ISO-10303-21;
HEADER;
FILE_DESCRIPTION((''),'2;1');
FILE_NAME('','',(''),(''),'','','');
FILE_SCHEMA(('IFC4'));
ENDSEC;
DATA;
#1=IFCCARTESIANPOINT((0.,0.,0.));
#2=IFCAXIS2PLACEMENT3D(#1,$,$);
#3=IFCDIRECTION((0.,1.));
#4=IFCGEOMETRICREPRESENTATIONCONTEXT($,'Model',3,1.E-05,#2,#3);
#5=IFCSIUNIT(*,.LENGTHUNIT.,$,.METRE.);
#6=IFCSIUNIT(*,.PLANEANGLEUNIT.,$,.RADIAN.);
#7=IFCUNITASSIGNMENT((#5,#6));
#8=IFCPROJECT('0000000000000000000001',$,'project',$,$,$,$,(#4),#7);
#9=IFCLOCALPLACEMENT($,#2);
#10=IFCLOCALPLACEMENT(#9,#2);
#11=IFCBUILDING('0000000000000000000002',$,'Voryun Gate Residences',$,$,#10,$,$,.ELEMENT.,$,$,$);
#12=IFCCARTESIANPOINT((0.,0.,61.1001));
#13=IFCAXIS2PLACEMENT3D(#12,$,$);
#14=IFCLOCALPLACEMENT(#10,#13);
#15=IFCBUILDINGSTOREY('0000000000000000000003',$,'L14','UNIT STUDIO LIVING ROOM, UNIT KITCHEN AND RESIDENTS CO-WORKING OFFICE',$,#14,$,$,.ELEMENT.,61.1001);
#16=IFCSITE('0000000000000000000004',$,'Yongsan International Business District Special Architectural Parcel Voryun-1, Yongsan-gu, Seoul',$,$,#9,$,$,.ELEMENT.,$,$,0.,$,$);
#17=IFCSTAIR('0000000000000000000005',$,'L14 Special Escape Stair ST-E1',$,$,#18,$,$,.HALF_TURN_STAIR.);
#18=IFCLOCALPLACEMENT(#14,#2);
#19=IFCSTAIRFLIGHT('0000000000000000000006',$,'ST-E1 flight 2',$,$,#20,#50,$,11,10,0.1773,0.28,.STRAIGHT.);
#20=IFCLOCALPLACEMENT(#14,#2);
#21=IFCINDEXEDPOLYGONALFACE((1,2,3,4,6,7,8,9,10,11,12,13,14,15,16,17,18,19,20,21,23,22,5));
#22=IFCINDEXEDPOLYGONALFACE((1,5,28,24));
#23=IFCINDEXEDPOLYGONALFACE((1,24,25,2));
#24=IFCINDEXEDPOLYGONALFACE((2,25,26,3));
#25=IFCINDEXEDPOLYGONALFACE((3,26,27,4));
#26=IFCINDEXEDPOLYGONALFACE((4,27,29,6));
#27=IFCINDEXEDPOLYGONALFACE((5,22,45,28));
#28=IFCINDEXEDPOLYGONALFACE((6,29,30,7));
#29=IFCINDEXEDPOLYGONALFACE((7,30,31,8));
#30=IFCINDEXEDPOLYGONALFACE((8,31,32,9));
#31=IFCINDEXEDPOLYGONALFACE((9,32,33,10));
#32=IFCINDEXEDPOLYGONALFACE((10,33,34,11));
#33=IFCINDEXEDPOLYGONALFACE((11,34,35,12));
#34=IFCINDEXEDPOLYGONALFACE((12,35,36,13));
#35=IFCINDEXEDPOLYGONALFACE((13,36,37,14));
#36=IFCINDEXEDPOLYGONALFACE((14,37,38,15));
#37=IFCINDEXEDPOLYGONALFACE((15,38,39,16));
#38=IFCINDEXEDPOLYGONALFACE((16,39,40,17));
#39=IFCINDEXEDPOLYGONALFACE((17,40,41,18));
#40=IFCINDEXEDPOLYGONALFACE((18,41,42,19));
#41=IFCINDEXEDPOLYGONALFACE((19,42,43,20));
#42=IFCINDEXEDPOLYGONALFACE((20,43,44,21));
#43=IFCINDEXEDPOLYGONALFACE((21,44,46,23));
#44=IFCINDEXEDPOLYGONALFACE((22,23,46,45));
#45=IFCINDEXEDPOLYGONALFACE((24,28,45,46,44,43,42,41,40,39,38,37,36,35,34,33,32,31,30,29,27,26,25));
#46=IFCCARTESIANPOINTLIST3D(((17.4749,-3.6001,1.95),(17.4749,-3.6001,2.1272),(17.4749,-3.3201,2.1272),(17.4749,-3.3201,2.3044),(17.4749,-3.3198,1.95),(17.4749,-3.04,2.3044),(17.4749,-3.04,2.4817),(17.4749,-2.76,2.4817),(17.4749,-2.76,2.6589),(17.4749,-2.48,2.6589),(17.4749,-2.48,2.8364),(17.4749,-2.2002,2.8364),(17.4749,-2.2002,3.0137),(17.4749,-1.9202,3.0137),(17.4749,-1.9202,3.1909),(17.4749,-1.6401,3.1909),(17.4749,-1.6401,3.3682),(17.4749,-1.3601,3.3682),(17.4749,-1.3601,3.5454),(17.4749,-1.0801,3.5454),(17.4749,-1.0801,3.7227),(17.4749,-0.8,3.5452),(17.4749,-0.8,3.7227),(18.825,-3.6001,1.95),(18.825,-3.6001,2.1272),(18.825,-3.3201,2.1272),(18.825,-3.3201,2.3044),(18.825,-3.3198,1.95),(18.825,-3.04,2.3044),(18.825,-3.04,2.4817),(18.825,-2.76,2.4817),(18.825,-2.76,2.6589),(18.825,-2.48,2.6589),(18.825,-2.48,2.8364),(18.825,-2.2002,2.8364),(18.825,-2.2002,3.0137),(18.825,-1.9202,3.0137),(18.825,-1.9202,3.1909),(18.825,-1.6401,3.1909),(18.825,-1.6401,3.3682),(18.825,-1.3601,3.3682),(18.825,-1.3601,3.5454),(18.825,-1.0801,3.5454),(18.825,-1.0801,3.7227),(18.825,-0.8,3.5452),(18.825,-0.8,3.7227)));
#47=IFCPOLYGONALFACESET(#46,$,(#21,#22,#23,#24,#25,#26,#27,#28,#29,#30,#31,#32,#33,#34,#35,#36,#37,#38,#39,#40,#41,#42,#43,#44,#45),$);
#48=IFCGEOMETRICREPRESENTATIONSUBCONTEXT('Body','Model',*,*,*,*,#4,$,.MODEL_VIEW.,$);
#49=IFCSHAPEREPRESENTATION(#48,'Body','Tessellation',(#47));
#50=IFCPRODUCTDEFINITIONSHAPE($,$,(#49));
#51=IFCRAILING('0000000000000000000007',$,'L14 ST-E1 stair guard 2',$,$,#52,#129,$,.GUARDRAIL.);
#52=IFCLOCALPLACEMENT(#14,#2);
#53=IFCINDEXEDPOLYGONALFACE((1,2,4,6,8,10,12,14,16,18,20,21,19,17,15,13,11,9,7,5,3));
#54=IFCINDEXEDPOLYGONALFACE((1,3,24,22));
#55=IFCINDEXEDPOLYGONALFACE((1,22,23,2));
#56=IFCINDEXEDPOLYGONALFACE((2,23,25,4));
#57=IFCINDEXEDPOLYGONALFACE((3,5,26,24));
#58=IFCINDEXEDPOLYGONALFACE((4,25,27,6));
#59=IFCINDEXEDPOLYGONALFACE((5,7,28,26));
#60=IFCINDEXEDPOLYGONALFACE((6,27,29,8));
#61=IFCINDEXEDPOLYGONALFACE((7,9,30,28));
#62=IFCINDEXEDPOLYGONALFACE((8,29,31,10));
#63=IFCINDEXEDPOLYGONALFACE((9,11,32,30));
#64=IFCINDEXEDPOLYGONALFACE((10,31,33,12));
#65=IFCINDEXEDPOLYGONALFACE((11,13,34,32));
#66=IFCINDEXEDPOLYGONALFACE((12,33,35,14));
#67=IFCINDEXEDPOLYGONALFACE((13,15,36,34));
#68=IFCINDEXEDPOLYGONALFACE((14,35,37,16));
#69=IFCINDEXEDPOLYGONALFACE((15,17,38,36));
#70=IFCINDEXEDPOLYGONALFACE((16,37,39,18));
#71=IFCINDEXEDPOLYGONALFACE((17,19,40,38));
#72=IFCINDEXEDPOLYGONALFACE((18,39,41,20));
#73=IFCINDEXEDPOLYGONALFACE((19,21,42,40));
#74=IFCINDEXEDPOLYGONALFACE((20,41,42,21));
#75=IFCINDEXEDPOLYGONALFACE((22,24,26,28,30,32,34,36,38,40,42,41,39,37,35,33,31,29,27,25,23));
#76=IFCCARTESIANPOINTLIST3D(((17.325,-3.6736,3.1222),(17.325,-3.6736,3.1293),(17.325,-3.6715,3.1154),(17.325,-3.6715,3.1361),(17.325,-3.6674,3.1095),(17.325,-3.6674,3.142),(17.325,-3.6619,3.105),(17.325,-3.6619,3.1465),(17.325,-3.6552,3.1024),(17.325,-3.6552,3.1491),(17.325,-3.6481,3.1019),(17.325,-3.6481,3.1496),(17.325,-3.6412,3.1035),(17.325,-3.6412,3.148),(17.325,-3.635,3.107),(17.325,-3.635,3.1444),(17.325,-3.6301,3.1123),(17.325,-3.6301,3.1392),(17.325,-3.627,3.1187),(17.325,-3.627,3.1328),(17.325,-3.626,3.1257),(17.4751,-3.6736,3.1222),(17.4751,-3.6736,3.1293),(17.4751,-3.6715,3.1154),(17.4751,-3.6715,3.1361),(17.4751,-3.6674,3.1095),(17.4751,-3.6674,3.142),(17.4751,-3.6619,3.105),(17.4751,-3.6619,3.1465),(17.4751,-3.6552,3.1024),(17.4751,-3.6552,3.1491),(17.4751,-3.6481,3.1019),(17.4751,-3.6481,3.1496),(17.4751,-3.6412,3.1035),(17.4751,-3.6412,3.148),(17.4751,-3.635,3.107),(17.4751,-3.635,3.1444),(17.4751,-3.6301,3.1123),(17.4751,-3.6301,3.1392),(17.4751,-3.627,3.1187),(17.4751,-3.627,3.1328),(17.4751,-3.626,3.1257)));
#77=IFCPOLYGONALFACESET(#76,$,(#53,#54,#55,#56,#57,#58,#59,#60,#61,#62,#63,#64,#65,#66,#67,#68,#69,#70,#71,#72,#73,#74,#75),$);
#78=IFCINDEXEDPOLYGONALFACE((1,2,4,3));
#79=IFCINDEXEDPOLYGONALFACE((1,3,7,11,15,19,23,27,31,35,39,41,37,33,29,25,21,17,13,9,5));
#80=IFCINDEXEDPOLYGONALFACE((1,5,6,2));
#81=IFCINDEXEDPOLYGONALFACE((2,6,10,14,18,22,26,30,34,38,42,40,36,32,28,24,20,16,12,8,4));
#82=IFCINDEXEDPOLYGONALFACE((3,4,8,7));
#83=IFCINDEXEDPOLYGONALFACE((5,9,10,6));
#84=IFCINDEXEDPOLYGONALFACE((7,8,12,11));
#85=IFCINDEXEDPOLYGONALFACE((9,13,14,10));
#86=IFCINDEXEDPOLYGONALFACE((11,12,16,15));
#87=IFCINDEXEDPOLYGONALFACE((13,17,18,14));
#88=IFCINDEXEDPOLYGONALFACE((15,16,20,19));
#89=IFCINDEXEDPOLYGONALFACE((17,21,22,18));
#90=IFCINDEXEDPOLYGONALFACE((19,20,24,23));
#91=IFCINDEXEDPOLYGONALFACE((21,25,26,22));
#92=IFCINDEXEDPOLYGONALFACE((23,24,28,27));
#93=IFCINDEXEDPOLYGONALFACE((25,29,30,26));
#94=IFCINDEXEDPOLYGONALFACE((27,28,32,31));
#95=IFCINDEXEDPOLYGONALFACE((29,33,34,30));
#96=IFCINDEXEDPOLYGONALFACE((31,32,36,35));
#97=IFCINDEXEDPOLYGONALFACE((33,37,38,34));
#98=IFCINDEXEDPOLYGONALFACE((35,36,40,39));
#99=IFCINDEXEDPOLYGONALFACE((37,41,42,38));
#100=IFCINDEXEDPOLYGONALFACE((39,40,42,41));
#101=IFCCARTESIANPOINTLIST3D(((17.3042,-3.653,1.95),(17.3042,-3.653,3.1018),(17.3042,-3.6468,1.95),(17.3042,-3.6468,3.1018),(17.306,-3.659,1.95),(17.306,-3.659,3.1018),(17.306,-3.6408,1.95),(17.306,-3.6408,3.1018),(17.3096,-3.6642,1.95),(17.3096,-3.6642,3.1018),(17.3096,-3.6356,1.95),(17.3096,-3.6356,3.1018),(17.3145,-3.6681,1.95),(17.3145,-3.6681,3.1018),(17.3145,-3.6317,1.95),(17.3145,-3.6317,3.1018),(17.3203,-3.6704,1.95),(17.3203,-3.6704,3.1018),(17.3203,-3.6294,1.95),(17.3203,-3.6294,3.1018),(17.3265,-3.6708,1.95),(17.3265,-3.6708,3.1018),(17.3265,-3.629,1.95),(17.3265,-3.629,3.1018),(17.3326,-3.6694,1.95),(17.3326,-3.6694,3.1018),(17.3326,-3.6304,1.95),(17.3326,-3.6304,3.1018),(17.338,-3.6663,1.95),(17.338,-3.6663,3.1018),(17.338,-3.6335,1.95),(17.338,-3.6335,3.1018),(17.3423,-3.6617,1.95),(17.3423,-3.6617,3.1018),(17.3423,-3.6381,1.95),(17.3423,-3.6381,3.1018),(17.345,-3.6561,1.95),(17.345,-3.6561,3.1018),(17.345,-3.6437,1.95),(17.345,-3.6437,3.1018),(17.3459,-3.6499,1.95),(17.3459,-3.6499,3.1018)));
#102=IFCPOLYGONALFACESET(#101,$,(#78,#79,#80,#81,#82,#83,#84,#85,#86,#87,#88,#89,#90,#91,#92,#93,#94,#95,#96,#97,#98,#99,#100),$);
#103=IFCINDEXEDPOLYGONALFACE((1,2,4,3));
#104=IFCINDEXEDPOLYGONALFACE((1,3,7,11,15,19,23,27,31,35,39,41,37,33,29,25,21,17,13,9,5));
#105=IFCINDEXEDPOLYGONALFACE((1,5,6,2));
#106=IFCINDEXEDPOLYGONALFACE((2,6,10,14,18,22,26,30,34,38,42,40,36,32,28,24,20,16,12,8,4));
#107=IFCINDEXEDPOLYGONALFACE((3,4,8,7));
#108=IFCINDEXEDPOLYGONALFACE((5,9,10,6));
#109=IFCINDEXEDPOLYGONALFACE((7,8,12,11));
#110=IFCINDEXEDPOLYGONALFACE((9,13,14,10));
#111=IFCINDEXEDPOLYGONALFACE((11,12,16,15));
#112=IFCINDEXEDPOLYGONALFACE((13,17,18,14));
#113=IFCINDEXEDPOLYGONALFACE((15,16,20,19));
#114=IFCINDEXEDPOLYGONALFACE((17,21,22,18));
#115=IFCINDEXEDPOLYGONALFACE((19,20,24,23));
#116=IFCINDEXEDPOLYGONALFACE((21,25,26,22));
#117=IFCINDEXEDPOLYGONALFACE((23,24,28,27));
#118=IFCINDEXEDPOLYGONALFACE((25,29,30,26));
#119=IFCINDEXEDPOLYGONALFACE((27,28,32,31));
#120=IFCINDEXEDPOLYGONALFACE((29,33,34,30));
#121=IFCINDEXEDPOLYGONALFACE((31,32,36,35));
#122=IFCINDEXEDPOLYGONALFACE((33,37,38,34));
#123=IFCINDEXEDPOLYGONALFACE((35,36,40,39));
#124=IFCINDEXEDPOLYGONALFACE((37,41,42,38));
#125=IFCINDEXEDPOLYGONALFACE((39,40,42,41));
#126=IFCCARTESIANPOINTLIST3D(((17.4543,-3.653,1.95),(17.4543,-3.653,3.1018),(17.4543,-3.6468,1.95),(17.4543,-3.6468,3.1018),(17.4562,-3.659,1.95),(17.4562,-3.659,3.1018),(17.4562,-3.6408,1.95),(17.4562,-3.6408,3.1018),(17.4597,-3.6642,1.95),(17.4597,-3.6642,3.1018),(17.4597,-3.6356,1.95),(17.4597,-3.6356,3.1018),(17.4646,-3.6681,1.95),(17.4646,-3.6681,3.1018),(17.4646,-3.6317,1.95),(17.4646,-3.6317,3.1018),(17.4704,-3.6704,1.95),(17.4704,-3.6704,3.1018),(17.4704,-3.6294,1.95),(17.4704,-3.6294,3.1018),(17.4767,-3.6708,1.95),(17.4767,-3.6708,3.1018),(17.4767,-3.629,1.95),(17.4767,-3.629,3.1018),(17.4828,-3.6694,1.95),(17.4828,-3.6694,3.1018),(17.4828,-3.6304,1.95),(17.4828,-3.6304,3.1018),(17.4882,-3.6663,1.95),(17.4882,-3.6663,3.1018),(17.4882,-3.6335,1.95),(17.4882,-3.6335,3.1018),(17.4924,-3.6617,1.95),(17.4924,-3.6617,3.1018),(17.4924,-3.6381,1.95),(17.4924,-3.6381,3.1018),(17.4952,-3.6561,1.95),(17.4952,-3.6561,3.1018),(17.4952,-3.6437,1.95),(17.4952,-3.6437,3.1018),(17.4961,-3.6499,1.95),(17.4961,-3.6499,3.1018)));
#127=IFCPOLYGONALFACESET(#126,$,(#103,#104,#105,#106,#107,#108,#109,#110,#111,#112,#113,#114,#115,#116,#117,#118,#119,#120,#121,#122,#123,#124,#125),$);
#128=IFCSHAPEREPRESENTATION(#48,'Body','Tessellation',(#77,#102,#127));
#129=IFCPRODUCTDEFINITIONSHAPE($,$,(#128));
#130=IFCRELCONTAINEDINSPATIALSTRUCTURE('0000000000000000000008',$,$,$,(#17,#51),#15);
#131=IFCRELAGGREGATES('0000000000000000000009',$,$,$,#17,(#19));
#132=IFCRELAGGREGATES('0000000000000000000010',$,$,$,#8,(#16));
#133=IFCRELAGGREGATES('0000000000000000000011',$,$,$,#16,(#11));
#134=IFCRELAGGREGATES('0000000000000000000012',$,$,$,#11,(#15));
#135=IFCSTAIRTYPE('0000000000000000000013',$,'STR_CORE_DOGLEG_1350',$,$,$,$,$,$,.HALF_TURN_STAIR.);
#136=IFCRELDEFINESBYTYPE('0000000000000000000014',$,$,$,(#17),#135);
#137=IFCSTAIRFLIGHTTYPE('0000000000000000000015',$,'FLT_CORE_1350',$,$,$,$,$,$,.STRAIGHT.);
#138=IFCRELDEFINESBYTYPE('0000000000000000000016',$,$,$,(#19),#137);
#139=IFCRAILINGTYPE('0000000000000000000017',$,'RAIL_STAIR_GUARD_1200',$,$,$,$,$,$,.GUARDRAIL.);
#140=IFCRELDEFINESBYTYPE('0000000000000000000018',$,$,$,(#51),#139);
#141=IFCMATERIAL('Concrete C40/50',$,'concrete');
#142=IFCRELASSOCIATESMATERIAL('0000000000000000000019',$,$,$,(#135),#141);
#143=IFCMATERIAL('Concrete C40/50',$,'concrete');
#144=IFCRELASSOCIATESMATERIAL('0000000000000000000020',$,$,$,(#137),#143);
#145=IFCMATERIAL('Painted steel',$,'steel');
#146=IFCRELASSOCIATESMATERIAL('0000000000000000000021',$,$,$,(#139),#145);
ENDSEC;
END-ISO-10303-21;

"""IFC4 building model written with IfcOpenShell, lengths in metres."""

from ifc_helpers import new_model, si_unit, direction, frame, origin, origin_2d, place, context, subcontext, project, spatial, polyline, circle, outline, extrude, material, type_object, element, aggregate, save


model = new_model("IFC4")

# Units and contexts
model_context = context("Model", 3, precision=1e-05, world=origin(), true_north=direction((0.0, 1.0)))
body_context = subcontext(model_context, "Body", "Model", "MODEL_VIEW")
ifc_project = project(units=[si_unit("LENGTHUNIT", "METRE"), si_unit("PLANEANGLEUNIT", "RADIAN")], contexts=[model_context])

# Site, building, storey
site_placement = place(None, origin())
site = spatial("IfcSite", under=ifc_project, at=site_placement, Name="Yongsan International Business District Special Architectural Parcel Voryun-1, Yongsan-gu, Seoul", CompositionType="ELEMENT", RefElevation=0.0)
building_placement = place(site_placement, origin())
building = spatial("IfcBuilding", under=site, at=building_placement, Name="Voryun Gate Residences", CompositionType="ELEMENT")
storey_placement = place(building_placement, frame((0.0, 0.0, 61.1001)))
storey = spatial("IfcBuildingStorey", under=building, at=storey_placement, Name="L14", Description="UNIT STUDIO LIVING ROOM, UNIT KITCHEN AND RESIDENTS CO-WORKING OFFICE", CompositionType="ELEMENT", Elevation=61.1001)

# Stair, stair flight
ifc_material_1 = material(Name="Concrete C40/50", Category="concrete")
stair_type = type_object("IfcStairType", Name="STR_CORE_DOGLEG_1350", PredefinedType="HALF_TURN_STAIR", material=ifc_material_1)
stair_placement = place(storey_placement, origin())
stair = element("IfcStair", 1, at=stair_placement, inside=storey, type_object=stair_type, Name="L14 Special Escape Stair ST-E1", PredefinedType="HALF_TURN_STAIR")
ifc_material_2 = material(Name="Concrete C40/50", Category="concrete")
stair_flight_type = type_object("IfcStairFlightType", Name="FLT_CORE_1350", PredefinedType="STRAIGHT", material=ifc_material_2)
stair_flight_1_placement = place(storey_placement, frame((18.1499, -3.6001, 1.95), z_axis=(0.0, 0.0, 1.0), x_axis=(0.0, 1.0, 0.0)))
stair_flight_1 = element("IfcStairFlight", 2, at=stair_flight_1_placement, type_object=stair_flight_type, Name="ST-E1 flight 2", NumberOfRisers=11, NumberOfTreads=10, PredefinedType="STRAIGHT", RiserHeight=0.1773, TreadLength=0.28, context=body_context, shape_type="SweptSolid", body=[
    extrude(outline(polyline([(0.0, 0.0), (0.0, 0.1772), (0.28, 0.1772), (0.28, 0.3545), (0.5601, 0.3545), (0.5601, 0.5317), (0.8401, 0.5317), (0.8401, 0.709), (1.1201, 0.709), (1.1201, 0.8865), (1.3999, 0.8865), (1.3999, 1.0637), (1.6799, 1.0637), (1.6799, 1.241), (1.96, 1.241), (1.96, 1.4182), (2.24, 1.4182), (2.24, 1.5955), (2.52, 1.5955), (2.52, 1.7727), (2.8, 1.7727), (2.8, 1.95), (2.8, 1.5952), (0.2803, 0.0), (0.0, 0.0)])), frame((0.0, 0.675, 0.0), z_axis=(0.0, -1.0, 0.0), x_axis=(1.0, 0.0, 0.0)), (0.0, 0.0, 1.0), 1.3501),
])
aggregate(stair, [stair_flight_1])

# Railing
ifc_material_3 = material(Name="Painted steel", Category="steel")
railing_type_1 = type_object("IfcRailingType", Name="RAIL_STAIR_GUARD_1200", PredefinedType="GUARDRAIL", material=ifc_material_3)
railing_1_placement = place(storey_placement, frame((17.325, -3.6499, 1.95)))
element("IfcRailing", 3, at=railing_1_placement, inside=storey, type_object=railing_type_1, Name="L14 ST-E1 stair guard 2", PredefinedType="GUARDRAIL", context=body_context, shape_type="SweptSolid", body=[
    extrude(circle(Radius=0.0239, at=origin_2d()), frame((0.0, 0.0, 1.1758), z_axis=(1.0, 0.0, 0.0), x_axis=(0.0, 1.0, 0.0)), (0.0, 0.0, 1.0), 0.1501),
    extrude(circle(Radius=0.021, at=origin_2d()), origin(), (0.0, 0.0, 1.0), 1.1519),
    extrude(circle(Radius=0.021, at=origin_2d()), frame((0.1501, 0.0, 0.0)), (0.0, 0.0, 1.0), 1.1519),
])

save(model, "model.ifc")
